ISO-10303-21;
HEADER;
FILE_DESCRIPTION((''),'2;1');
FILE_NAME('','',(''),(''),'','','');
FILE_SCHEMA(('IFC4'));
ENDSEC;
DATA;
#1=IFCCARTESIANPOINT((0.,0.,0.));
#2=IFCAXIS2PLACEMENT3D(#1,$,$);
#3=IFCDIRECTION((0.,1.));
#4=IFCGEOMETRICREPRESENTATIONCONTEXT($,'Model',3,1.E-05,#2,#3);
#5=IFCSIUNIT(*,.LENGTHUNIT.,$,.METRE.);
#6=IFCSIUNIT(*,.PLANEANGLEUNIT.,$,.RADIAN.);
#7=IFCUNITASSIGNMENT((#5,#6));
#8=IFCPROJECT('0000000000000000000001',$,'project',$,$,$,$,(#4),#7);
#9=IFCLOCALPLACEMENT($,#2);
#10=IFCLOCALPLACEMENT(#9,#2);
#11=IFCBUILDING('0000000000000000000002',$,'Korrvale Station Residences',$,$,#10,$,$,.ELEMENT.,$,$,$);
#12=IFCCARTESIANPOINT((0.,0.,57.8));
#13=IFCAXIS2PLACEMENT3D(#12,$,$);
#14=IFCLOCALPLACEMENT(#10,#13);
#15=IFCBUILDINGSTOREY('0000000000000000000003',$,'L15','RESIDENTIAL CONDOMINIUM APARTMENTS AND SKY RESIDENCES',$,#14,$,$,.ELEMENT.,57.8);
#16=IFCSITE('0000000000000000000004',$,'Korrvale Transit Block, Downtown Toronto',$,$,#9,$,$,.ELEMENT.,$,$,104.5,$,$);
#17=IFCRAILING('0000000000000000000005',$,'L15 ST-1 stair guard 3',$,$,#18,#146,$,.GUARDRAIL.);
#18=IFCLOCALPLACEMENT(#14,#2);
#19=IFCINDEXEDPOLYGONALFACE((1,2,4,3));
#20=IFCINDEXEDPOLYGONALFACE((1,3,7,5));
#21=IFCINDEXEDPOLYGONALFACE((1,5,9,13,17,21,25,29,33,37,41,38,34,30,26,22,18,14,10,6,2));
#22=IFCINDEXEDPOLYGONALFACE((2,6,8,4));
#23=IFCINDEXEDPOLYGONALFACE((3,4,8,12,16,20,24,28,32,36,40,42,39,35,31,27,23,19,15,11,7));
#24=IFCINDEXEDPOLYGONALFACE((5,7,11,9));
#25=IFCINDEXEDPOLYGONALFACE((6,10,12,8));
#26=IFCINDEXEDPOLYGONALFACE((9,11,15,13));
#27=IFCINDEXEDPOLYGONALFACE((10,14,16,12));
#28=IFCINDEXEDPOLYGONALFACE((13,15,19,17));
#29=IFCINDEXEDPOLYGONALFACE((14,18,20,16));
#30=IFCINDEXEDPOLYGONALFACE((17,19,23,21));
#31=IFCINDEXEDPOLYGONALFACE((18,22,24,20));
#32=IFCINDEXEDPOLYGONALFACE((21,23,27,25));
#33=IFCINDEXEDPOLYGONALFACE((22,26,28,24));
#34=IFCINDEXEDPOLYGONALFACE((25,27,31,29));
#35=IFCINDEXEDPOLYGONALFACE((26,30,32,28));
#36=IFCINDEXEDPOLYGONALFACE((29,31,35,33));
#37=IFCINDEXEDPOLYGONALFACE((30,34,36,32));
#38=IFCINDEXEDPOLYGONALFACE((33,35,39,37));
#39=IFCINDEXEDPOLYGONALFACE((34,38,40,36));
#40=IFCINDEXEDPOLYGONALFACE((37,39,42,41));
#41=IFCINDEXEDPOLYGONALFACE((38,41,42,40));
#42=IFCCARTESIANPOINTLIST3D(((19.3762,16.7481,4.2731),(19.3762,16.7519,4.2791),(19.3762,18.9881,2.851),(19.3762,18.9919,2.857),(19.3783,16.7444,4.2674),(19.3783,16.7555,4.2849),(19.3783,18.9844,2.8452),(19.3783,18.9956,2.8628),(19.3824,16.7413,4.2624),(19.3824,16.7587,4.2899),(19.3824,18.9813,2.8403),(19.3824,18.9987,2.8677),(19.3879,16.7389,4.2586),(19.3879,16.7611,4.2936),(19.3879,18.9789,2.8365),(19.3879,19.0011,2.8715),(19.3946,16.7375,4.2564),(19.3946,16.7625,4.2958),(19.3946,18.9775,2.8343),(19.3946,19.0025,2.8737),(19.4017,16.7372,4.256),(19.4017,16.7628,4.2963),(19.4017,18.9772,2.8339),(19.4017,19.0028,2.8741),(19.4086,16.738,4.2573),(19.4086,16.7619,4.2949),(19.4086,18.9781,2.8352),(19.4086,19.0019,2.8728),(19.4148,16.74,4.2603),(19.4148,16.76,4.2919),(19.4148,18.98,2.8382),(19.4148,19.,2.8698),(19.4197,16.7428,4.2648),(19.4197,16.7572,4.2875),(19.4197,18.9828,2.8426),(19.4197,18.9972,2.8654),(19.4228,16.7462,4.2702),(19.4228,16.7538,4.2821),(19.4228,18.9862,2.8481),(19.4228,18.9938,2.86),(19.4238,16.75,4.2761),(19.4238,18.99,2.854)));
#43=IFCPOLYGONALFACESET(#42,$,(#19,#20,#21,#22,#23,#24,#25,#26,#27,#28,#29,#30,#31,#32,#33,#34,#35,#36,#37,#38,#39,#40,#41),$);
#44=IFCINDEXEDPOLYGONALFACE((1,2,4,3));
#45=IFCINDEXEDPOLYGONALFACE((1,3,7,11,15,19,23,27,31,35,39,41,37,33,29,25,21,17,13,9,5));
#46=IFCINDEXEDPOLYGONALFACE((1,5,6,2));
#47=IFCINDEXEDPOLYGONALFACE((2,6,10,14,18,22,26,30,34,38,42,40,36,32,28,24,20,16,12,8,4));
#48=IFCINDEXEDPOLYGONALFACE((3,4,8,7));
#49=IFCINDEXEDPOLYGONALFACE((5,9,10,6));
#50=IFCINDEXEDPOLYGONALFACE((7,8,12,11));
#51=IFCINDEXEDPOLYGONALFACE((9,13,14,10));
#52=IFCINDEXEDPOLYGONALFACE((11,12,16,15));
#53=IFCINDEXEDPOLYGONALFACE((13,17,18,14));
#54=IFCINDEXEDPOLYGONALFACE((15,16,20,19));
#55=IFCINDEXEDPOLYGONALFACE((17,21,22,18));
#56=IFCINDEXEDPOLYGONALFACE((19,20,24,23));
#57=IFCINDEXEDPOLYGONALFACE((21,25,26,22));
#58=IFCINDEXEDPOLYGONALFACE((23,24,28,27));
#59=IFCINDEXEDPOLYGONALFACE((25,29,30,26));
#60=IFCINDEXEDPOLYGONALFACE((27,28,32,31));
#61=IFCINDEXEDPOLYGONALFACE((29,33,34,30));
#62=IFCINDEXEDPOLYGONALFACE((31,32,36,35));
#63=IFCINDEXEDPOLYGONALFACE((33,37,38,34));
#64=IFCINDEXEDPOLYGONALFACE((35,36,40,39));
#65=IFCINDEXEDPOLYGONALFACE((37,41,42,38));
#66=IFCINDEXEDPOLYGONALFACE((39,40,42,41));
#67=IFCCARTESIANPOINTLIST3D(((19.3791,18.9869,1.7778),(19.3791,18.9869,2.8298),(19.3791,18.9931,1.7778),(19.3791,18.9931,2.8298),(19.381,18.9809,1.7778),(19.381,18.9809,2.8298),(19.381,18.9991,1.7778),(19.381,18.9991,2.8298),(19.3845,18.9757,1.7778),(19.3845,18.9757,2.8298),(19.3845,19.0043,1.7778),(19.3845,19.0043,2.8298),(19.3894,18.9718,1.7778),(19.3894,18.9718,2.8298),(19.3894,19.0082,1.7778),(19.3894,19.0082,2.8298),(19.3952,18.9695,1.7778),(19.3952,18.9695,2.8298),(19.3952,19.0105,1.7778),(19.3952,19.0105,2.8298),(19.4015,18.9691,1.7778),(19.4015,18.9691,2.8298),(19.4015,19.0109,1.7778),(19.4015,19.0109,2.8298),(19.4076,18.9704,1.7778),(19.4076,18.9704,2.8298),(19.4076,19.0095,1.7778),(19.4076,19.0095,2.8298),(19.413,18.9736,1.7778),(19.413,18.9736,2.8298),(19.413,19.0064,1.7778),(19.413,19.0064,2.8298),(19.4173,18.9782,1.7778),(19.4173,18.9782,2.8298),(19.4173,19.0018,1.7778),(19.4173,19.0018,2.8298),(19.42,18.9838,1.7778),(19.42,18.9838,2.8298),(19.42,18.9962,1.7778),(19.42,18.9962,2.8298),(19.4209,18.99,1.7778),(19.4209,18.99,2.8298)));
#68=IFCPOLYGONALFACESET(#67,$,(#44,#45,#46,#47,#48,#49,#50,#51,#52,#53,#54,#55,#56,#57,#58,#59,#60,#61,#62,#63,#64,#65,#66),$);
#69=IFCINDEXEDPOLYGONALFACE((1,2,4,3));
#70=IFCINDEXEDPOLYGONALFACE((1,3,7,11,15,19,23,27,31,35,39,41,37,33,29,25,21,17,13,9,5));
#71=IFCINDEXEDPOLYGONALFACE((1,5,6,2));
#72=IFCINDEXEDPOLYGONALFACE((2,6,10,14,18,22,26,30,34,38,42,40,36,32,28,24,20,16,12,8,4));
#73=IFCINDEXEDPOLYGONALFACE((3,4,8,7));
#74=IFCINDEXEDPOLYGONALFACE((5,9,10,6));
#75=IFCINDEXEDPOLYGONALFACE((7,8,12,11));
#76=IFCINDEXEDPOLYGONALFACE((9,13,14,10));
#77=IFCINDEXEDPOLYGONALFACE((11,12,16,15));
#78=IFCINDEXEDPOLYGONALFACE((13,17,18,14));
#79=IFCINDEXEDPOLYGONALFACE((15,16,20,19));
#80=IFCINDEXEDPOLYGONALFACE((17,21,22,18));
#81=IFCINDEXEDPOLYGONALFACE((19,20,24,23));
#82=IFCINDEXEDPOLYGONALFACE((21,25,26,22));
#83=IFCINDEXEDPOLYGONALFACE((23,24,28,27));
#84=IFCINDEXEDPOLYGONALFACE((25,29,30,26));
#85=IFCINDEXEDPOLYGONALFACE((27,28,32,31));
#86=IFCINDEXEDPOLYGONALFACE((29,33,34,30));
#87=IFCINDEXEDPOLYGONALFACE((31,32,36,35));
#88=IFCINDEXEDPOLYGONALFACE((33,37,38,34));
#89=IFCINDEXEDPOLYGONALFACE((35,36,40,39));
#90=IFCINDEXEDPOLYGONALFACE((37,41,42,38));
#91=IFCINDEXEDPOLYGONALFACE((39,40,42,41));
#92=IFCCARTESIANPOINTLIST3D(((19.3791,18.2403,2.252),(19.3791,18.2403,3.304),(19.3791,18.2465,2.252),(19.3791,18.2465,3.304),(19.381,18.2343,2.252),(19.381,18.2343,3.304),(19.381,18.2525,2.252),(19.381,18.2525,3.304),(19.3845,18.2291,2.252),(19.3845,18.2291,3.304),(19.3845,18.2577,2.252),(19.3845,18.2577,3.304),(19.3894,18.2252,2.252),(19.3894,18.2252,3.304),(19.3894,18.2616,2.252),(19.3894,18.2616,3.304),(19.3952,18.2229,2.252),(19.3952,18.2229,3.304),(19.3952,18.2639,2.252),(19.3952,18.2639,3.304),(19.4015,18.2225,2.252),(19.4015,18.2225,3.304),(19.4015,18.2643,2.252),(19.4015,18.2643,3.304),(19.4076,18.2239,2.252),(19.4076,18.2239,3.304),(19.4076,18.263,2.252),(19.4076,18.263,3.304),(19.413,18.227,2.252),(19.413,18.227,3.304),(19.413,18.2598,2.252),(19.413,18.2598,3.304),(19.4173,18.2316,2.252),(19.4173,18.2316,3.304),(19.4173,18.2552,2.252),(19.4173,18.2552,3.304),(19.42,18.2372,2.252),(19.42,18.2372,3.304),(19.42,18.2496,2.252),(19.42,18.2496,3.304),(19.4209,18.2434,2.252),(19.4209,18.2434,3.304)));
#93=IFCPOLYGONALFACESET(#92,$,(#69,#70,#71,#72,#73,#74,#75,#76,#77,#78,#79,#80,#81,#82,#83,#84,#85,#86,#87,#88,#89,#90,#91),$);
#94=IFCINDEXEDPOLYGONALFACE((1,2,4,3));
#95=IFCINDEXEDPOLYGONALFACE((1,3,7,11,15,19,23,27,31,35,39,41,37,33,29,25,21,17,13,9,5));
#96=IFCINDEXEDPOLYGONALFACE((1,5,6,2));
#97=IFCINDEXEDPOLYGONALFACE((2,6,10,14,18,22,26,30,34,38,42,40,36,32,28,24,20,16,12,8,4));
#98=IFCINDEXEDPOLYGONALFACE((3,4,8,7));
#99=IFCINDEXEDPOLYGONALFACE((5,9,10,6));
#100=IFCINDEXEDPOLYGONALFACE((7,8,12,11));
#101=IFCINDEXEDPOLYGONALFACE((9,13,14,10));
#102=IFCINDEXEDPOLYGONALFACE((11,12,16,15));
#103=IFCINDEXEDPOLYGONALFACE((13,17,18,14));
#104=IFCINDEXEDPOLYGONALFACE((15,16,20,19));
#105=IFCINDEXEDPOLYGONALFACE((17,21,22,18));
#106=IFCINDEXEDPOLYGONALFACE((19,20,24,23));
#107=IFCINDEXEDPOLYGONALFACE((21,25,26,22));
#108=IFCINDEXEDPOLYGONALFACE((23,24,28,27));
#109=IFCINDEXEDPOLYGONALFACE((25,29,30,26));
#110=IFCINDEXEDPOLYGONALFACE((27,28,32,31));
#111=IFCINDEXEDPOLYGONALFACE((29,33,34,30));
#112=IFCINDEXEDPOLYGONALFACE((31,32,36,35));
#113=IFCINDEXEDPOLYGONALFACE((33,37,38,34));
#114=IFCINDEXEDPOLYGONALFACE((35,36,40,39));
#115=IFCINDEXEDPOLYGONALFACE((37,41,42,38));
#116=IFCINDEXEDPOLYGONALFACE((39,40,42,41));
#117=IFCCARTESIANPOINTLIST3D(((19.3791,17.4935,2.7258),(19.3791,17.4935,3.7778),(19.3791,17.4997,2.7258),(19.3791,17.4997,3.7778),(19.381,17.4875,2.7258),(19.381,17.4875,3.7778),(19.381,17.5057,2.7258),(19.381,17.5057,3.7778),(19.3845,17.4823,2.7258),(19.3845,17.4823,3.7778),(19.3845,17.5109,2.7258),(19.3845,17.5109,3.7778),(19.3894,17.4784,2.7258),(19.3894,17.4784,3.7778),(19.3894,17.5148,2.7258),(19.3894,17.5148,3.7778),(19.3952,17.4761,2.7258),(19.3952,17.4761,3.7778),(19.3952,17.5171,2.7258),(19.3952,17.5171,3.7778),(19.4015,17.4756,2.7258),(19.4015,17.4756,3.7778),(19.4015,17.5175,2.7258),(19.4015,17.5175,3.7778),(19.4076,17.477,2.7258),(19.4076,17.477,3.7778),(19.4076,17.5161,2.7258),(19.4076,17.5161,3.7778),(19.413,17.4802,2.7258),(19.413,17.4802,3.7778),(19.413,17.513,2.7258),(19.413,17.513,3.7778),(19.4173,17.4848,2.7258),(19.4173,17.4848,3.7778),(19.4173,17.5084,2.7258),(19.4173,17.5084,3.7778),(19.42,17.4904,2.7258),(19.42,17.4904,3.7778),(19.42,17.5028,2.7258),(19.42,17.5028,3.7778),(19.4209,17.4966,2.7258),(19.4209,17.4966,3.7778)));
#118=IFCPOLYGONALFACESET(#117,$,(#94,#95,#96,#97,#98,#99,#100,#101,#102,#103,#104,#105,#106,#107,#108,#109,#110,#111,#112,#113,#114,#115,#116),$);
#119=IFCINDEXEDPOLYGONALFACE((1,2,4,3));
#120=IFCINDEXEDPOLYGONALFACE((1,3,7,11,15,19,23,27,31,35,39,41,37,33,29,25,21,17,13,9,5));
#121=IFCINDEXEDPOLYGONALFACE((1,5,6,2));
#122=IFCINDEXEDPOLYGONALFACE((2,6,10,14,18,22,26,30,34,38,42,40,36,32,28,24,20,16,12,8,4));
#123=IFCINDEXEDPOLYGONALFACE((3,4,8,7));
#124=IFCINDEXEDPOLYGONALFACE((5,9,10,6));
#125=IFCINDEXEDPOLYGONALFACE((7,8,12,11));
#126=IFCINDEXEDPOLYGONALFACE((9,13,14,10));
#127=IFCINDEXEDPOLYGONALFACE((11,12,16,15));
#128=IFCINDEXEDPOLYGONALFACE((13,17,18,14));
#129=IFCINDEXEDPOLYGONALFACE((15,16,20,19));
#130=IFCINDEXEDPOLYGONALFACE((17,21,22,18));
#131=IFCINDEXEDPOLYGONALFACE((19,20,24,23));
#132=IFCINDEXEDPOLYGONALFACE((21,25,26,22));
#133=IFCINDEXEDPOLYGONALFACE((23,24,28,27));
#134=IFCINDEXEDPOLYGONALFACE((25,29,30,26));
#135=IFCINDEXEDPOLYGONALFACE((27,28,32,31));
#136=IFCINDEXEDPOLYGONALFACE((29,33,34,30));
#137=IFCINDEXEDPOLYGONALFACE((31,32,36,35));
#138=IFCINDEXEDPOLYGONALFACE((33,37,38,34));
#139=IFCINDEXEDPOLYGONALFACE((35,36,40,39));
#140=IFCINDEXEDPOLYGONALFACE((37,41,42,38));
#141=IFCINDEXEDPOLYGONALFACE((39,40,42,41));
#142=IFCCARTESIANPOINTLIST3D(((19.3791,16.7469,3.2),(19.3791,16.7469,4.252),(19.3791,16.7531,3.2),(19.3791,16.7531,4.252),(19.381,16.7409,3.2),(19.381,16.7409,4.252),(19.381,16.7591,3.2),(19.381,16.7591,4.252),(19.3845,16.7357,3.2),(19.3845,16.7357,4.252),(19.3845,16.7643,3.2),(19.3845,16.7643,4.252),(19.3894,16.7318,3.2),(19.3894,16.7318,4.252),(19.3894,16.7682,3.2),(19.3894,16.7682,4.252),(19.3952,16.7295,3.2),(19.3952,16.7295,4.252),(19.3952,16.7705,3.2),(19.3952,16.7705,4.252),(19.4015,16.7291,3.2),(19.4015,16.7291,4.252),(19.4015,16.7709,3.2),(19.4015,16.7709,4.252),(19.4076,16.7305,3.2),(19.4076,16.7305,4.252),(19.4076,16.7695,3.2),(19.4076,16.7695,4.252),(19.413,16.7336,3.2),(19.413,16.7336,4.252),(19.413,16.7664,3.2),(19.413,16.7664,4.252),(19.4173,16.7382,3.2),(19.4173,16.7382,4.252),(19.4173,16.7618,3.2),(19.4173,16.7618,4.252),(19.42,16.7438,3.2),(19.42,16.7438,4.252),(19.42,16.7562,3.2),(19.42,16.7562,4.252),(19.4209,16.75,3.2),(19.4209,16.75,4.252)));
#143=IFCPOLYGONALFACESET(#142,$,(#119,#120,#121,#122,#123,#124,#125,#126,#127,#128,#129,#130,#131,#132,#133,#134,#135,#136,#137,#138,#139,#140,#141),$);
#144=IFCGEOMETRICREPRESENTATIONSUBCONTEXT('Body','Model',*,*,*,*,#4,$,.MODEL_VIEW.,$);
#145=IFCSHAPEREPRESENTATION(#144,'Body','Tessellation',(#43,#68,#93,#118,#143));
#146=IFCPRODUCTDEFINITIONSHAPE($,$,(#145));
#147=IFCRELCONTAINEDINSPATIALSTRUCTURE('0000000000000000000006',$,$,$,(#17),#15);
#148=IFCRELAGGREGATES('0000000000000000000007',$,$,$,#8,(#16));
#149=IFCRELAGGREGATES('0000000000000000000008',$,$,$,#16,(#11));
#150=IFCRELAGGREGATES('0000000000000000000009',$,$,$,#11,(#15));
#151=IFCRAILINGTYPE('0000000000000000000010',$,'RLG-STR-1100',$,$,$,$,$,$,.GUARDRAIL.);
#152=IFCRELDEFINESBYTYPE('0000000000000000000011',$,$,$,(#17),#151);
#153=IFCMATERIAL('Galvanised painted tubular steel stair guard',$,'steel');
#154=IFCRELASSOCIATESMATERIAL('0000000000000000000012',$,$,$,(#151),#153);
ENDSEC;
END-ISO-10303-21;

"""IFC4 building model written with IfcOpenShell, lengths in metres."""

from ifc_helpers import new_model, si_unit, direction, frame, origin, origin_2d, place, context, subcontext, project, spatial, circle, extrude, material, type_object, element, save


model = new_model("IFC4")

# Units and contexts
model_context = context("Model", 3, precision=1e-05, world=origin(), true_north=direction((0.0, 1.0)))
body_context = subcontext(model_context, "Body", "Model", "MODEL_VIEW")
ifc_project = project(units=[si_unit("LENGTHUNIT", "METRE"), si_unit("PLANEANGLEUNIT", "RADIAN")], contexts=[model_context])

# Site, building, storey
site_placement = place(None, origin())
site = spatial("IfcSite", under=ifc_project, at=site_placement, Name="Korrvale Transit Block, Downtown Toronto", CompositionType="ELEMENT", RefElevation=104.5)
building_placement = place(site_placement, origin())
building = spatial("IfcBuilding", under=site, at=building_placement, Name="Korrvale Station Residences", CompositionType="ELEMENT")
storey_placement = place(building_placement, frame((0.0, 0.0, 57.8)))
storey = spatial("IfcBuildingStorey", under=building, at=storey_placement, Name="L15", Description="RESIDENTIAL CONDOMINIUM APARTMENTS AND SKY RESIDENCES", CompositionType="ELEMENT", Elevation=57.8)

# Railing
ifc_material_1 = material(Name="Galvanised painted tubular steel stair guard", Category="steel")
railing_type_1 = type_object("IfcRailingType", Name="RLG-STR-1100", PredefinedType="GUARDRAIL", material=ifc_material_1)
railing_1_placement = place(storey_placement, frame((19.3999, 18.99, 1.7778)))
element("IfcRailing", 1, at=railing_1_placement, inside=storey, type_object=railing_type_1, Name="L15 ST-1 stair guard 3", PredefinedType="GUARDRAIL", context=body_context, shape_type="SweptSolid", body=[
    extrude(circle(Radius=0.0239, at=origin_2d()), frame((0.0, 0.0, 1.0762), z_axis=(0.0, -0.844229, 0.535982), x_axis=(1.0, 0.0, 0.0)), (0.0, 0.0, 1.0), 2.6533),
    extrude(circle(Radius=0.021, at=origin_2d()), origin(), (0.0, 0.0, 1.0), 1.052),
    extrude(circle(Radius=0.021, at=origin_2d()), frame((0.0, -0.7466, 0.4741)), (0.0, 0.0, 1.0), 1.052),
    extrude(circle(Radius=0.021, at=origin_2d()), frame((0.0, -1.4934, 0.948)), (0.0, 0.0, 1.0), 1.052),
    extrude(circle(Radius=0.021, at=origin_2d()), frame((0.0, -2.24, 1.4221)), (0.0, 0.0, 1.0), 1.052),
])

save(model, "model.ifc")
